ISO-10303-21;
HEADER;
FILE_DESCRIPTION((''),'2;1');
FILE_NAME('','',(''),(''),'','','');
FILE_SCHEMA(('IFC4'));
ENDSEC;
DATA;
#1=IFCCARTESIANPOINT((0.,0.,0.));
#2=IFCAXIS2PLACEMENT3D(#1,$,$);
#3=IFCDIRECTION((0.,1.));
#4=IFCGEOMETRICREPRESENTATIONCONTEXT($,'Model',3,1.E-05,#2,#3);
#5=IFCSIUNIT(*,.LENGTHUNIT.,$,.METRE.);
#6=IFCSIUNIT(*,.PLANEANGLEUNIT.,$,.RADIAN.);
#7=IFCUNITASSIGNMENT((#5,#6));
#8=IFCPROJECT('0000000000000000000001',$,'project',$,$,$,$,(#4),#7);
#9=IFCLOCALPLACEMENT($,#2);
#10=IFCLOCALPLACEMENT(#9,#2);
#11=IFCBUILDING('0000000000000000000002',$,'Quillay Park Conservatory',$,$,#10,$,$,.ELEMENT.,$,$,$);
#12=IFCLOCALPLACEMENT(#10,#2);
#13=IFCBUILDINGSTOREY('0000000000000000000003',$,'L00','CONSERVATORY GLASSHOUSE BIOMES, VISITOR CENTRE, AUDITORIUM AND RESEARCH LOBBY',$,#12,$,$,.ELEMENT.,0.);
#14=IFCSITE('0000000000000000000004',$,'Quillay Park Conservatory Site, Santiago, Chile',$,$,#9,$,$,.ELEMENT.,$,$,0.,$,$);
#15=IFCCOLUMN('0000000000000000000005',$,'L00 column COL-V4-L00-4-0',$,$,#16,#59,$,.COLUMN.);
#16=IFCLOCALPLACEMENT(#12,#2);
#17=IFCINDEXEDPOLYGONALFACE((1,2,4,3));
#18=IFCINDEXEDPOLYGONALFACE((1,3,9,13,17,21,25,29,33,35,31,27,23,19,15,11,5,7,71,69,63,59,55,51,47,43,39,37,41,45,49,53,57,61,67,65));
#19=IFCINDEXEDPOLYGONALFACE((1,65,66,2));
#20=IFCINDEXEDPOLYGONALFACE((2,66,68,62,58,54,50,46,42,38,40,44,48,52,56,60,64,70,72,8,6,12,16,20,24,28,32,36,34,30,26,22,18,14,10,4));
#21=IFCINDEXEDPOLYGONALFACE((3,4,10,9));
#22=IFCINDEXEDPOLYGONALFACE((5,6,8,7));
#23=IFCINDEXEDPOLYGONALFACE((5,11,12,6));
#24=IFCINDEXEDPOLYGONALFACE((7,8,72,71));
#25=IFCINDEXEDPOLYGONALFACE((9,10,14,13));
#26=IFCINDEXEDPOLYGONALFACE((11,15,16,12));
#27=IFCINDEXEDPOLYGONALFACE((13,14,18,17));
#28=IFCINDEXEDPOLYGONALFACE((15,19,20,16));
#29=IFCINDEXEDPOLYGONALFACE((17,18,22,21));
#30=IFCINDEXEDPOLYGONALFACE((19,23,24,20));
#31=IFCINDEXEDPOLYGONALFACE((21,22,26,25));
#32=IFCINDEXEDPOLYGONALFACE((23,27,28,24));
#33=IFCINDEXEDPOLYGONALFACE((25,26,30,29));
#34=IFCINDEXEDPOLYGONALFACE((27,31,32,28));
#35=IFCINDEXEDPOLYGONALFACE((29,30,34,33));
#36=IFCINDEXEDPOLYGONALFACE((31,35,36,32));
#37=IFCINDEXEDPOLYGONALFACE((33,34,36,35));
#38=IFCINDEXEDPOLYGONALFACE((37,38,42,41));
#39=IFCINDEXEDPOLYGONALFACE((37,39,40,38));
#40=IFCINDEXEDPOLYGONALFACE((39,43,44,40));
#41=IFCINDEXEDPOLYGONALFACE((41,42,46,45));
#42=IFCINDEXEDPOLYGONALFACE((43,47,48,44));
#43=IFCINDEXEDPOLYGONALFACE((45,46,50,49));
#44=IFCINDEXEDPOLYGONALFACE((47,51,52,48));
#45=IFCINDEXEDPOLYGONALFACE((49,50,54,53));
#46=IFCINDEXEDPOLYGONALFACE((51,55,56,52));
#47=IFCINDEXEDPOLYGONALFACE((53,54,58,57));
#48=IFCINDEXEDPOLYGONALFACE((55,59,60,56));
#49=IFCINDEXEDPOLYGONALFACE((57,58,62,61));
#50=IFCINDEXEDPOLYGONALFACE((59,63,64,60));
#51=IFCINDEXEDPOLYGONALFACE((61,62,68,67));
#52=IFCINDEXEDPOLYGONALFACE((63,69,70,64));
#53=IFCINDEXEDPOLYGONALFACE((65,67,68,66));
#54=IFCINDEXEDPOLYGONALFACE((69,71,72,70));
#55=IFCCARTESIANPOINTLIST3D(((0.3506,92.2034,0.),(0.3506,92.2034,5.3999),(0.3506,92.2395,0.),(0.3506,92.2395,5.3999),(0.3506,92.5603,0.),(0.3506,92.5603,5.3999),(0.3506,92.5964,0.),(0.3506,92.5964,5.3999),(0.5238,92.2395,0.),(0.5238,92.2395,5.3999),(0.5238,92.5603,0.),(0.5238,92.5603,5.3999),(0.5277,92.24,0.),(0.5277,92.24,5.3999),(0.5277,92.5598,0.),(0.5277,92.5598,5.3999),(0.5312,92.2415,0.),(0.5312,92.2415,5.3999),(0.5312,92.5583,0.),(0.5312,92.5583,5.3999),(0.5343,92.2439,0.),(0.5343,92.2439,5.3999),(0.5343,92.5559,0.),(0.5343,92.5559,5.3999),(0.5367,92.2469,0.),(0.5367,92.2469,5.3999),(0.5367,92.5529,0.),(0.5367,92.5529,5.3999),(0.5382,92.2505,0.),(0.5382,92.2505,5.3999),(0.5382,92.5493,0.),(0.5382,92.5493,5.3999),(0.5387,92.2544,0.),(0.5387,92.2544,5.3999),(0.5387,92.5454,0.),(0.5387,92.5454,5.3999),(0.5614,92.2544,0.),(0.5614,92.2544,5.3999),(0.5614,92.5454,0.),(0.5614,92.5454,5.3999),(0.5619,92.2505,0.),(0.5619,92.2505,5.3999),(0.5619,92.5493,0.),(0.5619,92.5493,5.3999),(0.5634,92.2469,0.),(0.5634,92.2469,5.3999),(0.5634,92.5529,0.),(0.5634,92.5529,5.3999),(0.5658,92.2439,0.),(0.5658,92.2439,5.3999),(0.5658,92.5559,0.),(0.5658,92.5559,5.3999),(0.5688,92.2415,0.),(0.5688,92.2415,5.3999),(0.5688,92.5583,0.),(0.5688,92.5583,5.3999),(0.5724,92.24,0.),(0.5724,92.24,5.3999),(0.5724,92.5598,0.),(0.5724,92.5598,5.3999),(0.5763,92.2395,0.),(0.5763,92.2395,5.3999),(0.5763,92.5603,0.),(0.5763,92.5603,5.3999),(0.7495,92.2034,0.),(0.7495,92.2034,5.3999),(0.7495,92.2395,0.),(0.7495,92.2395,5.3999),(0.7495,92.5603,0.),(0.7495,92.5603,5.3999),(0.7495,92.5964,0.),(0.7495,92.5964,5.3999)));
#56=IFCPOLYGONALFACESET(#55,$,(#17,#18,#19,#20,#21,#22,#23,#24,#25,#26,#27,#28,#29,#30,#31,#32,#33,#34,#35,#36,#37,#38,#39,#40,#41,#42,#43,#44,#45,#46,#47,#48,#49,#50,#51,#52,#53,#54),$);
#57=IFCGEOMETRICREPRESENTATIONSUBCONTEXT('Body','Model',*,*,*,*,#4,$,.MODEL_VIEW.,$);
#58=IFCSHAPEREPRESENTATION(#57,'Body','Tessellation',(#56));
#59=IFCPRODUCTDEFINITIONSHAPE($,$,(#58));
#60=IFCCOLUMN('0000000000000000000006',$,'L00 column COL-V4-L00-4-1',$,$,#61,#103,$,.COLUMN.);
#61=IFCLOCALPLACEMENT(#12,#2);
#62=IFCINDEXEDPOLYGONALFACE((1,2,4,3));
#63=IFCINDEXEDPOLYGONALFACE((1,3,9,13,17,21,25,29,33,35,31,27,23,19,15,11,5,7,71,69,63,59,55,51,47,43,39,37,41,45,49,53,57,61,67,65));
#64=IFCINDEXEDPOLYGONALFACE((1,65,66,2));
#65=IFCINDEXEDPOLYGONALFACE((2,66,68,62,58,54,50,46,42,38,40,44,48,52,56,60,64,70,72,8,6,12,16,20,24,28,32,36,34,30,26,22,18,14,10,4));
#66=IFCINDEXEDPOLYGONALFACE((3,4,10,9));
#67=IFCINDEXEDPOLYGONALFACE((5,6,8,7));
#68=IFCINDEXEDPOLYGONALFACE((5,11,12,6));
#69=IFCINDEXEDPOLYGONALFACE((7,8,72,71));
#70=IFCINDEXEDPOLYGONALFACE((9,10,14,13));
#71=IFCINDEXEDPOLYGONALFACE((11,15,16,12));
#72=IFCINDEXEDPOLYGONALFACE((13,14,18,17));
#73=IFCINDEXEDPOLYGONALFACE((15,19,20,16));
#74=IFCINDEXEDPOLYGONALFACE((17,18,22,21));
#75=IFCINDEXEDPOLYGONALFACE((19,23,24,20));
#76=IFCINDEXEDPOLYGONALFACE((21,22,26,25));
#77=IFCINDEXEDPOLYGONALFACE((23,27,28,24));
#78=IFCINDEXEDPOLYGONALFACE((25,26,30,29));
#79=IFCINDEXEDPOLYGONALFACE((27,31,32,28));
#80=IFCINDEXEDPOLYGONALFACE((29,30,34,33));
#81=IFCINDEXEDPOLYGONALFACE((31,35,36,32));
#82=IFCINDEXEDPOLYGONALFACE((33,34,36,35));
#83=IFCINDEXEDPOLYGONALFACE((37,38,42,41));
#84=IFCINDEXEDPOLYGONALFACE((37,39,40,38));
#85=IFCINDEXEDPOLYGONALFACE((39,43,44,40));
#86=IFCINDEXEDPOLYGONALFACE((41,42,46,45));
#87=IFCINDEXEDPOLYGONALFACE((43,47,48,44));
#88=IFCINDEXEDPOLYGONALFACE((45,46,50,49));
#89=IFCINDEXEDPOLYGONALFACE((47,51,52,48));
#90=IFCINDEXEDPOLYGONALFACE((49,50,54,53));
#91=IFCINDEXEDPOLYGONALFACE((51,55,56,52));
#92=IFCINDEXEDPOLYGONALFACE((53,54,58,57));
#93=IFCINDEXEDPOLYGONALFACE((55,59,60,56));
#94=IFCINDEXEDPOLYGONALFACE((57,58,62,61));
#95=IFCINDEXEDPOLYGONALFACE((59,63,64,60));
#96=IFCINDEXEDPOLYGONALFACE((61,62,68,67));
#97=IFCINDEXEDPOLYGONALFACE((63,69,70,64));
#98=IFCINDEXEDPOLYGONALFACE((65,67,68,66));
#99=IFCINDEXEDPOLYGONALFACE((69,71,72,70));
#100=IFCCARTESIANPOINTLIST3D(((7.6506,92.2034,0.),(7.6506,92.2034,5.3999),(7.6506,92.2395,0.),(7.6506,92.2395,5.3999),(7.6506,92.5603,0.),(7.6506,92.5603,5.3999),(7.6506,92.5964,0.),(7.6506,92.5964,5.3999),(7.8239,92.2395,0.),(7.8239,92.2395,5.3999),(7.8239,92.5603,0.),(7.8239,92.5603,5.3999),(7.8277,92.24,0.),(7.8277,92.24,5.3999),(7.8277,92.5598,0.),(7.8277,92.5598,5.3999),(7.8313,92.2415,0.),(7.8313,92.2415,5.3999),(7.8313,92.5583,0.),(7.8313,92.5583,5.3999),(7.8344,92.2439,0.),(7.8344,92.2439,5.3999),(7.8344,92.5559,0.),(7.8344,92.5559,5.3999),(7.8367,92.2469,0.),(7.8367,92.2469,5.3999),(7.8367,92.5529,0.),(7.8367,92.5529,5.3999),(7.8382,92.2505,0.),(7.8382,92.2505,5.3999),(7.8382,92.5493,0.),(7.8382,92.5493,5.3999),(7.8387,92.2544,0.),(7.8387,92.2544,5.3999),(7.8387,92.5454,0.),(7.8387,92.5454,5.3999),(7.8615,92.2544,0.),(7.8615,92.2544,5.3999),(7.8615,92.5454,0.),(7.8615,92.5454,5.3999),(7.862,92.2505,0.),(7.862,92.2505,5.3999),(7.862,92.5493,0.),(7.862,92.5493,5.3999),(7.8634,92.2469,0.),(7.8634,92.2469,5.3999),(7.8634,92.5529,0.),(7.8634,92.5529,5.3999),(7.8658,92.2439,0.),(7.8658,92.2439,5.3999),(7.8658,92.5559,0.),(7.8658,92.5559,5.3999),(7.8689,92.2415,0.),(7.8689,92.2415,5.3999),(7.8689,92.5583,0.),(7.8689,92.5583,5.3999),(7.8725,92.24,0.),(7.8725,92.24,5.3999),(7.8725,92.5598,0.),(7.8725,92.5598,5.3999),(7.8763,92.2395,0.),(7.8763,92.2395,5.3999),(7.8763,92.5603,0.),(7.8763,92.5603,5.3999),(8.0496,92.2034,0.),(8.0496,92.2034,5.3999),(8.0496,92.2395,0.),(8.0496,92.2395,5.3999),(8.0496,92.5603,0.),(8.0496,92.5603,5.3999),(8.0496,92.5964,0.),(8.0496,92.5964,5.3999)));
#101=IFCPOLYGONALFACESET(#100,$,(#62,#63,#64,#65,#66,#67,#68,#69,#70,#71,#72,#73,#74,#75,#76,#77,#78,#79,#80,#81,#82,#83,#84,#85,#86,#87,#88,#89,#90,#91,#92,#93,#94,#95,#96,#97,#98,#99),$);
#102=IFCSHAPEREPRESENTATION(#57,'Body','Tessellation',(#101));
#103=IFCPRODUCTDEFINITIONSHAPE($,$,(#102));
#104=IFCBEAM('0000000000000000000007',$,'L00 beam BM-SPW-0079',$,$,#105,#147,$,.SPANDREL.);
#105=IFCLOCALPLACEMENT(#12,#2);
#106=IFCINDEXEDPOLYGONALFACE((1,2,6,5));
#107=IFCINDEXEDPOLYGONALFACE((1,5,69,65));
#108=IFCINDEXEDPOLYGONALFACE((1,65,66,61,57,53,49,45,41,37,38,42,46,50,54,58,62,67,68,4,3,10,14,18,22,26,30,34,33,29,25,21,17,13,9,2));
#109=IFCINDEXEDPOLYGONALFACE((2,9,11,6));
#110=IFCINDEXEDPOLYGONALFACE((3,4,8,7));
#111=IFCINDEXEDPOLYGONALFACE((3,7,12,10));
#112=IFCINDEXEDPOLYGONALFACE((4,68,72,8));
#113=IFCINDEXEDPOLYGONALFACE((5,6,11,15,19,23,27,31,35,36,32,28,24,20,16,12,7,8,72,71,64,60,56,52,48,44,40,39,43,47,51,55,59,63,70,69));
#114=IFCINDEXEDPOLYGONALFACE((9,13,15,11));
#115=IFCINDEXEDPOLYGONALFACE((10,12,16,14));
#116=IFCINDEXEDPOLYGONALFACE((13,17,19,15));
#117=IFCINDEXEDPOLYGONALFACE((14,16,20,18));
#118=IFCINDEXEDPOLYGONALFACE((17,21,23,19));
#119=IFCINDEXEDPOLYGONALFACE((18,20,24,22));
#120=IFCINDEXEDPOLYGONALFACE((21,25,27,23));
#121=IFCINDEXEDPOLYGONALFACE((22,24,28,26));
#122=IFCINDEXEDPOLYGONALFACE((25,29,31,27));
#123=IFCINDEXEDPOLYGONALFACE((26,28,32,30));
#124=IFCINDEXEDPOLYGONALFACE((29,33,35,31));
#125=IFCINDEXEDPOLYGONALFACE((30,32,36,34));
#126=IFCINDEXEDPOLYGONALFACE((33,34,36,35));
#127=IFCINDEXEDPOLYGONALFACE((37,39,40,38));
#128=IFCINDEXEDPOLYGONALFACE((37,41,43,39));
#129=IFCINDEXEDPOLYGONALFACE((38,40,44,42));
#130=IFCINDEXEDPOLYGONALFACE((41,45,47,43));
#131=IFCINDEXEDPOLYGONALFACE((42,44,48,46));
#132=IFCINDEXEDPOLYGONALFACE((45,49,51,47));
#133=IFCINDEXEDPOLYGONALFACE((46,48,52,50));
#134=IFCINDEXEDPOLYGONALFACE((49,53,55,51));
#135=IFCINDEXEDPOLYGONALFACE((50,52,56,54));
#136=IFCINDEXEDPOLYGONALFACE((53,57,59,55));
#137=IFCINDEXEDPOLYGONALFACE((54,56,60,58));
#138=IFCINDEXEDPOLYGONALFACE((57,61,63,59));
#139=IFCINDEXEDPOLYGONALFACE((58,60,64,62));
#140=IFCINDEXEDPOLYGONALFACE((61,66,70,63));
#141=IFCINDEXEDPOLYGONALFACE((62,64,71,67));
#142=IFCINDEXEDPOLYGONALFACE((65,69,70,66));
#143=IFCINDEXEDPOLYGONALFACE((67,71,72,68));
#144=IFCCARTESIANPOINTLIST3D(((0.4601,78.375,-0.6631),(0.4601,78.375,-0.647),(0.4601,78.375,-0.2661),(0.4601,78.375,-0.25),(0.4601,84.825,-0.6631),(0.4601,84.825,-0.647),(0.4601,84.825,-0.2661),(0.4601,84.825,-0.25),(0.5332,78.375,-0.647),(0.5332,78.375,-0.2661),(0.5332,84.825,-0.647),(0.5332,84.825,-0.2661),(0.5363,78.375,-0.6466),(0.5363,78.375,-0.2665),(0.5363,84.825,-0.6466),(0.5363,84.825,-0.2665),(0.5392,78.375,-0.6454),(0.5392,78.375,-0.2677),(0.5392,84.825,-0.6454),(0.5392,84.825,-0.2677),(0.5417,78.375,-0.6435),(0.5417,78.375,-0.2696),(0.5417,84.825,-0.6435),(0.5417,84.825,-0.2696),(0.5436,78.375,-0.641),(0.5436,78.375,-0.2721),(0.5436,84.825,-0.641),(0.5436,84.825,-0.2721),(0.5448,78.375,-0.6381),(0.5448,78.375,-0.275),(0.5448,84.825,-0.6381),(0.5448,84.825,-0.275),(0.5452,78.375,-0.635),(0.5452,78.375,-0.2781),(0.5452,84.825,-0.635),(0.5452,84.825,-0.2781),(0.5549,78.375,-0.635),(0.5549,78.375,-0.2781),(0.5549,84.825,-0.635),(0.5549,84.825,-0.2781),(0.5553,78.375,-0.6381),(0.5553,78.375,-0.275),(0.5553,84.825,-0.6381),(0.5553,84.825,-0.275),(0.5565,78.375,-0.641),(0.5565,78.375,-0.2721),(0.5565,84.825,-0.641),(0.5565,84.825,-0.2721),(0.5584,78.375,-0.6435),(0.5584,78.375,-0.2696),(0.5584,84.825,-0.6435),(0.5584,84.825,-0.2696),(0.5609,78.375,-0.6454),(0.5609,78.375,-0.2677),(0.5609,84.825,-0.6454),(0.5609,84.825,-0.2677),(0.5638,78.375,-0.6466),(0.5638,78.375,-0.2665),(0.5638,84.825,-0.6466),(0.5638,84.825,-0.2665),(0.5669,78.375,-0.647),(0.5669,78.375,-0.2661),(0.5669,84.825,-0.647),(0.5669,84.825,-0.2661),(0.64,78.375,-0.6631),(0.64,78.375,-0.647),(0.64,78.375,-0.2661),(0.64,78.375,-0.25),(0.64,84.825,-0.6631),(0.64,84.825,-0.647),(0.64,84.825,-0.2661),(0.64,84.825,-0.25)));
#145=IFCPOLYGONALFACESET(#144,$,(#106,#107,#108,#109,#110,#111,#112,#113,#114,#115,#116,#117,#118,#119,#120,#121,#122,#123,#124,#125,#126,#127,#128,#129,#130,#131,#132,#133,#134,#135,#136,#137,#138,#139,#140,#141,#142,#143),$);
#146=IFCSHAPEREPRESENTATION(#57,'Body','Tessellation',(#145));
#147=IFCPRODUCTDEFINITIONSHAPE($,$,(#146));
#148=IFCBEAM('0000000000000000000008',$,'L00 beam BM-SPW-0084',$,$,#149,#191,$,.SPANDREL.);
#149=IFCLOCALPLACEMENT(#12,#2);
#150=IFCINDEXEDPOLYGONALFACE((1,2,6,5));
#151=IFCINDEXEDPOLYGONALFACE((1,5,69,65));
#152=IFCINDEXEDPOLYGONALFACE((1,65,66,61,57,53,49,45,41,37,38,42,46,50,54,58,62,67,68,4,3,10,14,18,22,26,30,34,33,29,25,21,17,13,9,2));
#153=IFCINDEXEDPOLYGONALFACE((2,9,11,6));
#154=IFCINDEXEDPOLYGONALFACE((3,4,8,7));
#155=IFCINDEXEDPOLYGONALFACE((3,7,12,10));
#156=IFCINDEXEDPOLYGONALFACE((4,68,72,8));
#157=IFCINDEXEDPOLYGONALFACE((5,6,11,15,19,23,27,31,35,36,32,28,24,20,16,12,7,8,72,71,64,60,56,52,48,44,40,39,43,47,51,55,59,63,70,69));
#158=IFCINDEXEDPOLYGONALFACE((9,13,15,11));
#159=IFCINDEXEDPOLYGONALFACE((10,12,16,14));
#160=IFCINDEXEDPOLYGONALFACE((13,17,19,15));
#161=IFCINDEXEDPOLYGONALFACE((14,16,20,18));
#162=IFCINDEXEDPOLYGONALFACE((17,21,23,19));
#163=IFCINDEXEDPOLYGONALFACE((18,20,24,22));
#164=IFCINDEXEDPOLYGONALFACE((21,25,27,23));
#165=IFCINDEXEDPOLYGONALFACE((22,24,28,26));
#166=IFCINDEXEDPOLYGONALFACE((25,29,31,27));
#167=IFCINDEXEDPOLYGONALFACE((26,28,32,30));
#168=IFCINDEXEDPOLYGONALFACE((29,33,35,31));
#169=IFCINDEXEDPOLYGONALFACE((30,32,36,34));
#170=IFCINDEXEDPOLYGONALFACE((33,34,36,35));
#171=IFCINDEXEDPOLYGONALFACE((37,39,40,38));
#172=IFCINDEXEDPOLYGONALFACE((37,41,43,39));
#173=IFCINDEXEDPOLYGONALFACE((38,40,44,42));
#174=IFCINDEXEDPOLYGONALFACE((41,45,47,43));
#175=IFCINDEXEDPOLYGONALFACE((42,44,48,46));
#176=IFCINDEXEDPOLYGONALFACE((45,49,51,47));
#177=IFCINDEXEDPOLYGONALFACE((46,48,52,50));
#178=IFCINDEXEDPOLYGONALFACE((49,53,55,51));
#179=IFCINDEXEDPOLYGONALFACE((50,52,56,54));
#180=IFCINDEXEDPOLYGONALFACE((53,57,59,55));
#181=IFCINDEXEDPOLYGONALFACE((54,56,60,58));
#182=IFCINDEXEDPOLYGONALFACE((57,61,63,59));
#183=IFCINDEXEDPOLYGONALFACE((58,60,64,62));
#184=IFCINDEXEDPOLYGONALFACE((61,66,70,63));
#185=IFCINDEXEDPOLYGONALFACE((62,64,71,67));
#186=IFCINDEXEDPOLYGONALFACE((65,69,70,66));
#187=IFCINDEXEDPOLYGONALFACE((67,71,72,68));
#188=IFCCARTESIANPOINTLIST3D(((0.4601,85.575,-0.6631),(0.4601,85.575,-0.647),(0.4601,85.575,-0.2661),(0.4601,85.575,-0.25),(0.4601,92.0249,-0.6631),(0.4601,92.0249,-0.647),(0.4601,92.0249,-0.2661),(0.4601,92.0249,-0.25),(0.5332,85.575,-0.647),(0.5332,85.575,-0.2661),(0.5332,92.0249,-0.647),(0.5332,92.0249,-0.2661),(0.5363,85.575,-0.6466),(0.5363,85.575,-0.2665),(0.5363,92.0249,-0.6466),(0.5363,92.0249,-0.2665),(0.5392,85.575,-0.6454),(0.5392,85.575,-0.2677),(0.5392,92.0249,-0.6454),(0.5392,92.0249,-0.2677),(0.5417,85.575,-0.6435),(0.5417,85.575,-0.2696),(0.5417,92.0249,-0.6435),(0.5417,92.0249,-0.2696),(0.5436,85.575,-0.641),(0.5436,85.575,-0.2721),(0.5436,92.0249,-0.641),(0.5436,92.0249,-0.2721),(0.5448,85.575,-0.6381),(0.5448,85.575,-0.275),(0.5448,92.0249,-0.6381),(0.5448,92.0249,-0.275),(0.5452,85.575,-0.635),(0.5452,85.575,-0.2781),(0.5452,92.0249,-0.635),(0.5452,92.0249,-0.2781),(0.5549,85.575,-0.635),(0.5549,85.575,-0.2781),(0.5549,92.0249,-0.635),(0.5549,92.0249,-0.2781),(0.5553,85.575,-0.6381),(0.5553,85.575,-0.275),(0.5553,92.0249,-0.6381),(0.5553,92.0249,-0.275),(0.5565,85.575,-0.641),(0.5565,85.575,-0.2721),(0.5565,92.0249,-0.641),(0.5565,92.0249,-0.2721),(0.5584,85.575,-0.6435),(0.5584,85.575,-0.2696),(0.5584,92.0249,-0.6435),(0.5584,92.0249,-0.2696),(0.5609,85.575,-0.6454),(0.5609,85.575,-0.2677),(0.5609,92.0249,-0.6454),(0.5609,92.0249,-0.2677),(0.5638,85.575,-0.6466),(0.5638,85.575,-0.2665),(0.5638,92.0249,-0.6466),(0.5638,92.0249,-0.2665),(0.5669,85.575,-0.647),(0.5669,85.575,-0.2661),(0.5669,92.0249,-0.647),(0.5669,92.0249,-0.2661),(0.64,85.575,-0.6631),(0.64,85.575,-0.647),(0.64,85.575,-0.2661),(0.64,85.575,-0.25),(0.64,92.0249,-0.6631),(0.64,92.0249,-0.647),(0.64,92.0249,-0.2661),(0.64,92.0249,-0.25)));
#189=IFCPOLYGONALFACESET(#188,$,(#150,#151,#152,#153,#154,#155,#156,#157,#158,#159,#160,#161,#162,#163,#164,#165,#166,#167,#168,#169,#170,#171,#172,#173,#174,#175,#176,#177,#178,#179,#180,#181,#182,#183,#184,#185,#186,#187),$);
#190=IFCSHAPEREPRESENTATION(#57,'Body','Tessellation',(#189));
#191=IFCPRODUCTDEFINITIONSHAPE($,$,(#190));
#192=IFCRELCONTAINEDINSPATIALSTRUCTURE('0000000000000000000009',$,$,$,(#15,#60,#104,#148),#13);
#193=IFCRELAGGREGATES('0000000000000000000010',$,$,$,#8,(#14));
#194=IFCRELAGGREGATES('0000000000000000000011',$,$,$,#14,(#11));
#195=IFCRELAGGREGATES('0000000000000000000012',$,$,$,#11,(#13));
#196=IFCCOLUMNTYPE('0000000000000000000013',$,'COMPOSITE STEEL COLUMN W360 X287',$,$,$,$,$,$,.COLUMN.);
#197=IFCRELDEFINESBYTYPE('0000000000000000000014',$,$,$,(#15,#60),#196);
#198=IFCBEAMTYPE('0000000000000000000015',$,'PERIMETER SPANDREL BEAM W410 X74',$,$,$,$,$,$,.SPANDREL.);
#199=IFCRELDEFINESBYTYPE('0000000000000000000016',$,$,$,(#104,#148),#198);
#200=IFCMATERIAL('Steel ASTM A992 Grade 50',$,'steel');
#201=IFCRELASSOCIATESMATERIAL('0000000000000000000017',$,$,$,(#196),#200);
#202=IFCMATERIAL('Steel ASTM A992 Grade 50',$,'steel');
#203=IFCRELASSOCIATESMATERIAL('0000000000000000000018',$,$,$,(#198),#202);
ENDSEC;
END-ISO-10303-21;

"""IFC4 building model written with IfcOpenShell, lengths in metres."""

from ifc_helpers import new_model, si_unit, direction, frame, origin, origin_2d, place, context, subcontext, project, spatial, i_section, extrude, material, material_profile, profile_set, type_object, element, save


model = new_model("IFC4")

# Units and contexts
model_context = context("Model", 3, precision=1e-05, world=origin(), true_north=direction((0.0, 1.0)))
body_context = subcontext(model_context, "Body", "Model", "MODEL_VIEW")
ifc_project = project(units=[si_unit("LENGTHUNIT", "METRE"), si_unit("PLANEANGLEUNIT", "RADIAN")], contexts=[model_context])

# Site, building, storey
site_placement = place(None, origin())
site = spatial("IfcSite", under=ifc_project, at=site_placement, Name="Quillay Park Conservatory Site, Santiago, Chile", CompositionType="ELEMENT", RefElevation=0.0)
building_placement = place(site_placement, origin())
building = spatial("IfcBuilding", under=site, at=building_placement, Name="Quillay Park Conservatory", CompositionType="ELEMENT")
storey_placement = place(building_placement, origin())
storey = spatial("IfcBuildingStorey", under=building, at=storey_placement, Name="L00", Description="CONSERVATORY GLASSHOUSE BIOMES, VISITOR CENTRE, AUDITORIUM AND RESEARCH LOBBY", CompositionType="ELEMENT", Elevation=0.0)

# Columns
ifc_material_1 = material(Name="Steel ASTM A992 Grade 50", Category="steel")
ifc_material_profile_1 = material_profile(ifc_material_1, i_section(OverallWidth=0.3989, OverallDepth=0.3931, WebThickness=0.0227, FlangeThickness=0.0361, FilletRadius=0.0149, at=origin_2d()), Name="W360x287")
ifc_profile_set_1 = profile_set([ifc_material_profile_1], Name="Steel ASTM A992 Grade 50")
column_type = type_object("IfcColumnType", Name="COMPOSITE STEEL COLUMN W360 X287", PredefinedType="COLUMN", material=ifc_profile_set_1)
for number, where, z_axis, x_axis, name in (
    (1, (0.55, 92.3999, 0.0), (0.0, 0.0, 1.0), (1.0, 0.0, 0.0), "L00 column COL-V4-L00-4-0"),
    (2, (7.8501, 92.3999, 0.0), (0.0, 0.0, 1.0), (1.0, 0.0, 0.0), "L00 column COL-V4-L00-4-1"),
):
    element("IfcColumn", number, at=place(storey_placement, frame(where, z_axis=z_axis, x_axis=x_axis)), inside=storey, type_object=column_type, Name=name, PredefinedType="COLUMN", context=body_context, shape_type="SweptSolid", body=[
        extrude(i_section(OverallWidth=0.3989, OverallDepth=0.3931, WebThickness=0.0227, FlangeThickness=0.0361, FilletRadius=0.0149, at=origin_2d()), origin(), (0.0, 0.0, 1.0), 5.3999),
    ])

# Beams
ifc_material_2 = material(Name="Steel ASTM A992 Grade 50", Category="steel")
ifc_material_profile_2 = material_profile(ifc_material_2, i_section(OverallWidth=0.1799, OverallDepth=0.4131, WebThickness=0.0098, FlangeThickness=0.0161, FilletRadius=0.012, at=origin_2d()), Name="W410x74")
ifc_profile_set_2 = profile_set([ifc_material_profile_2], Name="Steel ASTM A992 Grade 50")
beam_type_1 = type_object("IfcBeamType", Name="PERIMETER SPANDREL BEAM W410 X74", PredefinedType="SPANDREL", material=ifc_profile_set_2)
for number, where, z_axis, x_axis, name in (
    (3, (0.55, 78.375, -0.4565), (0.0, 1.0, 0.0), (-1.0, 0.0, 0.0), "L00 beam BM-SPW-0079"),
    (4, (0.55, 85.575, -0.4565), (0.0, 1.0, 0.0), (-1.0, 0.0, 0.0), "L00 beam BM-SPW-0084"),
):
    element("IfcBeam", number, at=place(storey_placement, frame(where, z_axis=z_axis, x_axis=x_axis)), inside=storey, type_object=beam_type_1, Name=name, PredefinedType="SPANDREL", context=body_context, shape_type="SweptSolid", body=[
        extrude(i_section(OverallWidth=0.1799, OverallDepth=0.4131, WebThickness=0.0098, FlangeThickness=0.0161, FilletRadius=0.012, at=origin_2d()), origin(), (0.0, 0.0, 1.0), 6.45),
    ])

save(model, "model.ifc")
